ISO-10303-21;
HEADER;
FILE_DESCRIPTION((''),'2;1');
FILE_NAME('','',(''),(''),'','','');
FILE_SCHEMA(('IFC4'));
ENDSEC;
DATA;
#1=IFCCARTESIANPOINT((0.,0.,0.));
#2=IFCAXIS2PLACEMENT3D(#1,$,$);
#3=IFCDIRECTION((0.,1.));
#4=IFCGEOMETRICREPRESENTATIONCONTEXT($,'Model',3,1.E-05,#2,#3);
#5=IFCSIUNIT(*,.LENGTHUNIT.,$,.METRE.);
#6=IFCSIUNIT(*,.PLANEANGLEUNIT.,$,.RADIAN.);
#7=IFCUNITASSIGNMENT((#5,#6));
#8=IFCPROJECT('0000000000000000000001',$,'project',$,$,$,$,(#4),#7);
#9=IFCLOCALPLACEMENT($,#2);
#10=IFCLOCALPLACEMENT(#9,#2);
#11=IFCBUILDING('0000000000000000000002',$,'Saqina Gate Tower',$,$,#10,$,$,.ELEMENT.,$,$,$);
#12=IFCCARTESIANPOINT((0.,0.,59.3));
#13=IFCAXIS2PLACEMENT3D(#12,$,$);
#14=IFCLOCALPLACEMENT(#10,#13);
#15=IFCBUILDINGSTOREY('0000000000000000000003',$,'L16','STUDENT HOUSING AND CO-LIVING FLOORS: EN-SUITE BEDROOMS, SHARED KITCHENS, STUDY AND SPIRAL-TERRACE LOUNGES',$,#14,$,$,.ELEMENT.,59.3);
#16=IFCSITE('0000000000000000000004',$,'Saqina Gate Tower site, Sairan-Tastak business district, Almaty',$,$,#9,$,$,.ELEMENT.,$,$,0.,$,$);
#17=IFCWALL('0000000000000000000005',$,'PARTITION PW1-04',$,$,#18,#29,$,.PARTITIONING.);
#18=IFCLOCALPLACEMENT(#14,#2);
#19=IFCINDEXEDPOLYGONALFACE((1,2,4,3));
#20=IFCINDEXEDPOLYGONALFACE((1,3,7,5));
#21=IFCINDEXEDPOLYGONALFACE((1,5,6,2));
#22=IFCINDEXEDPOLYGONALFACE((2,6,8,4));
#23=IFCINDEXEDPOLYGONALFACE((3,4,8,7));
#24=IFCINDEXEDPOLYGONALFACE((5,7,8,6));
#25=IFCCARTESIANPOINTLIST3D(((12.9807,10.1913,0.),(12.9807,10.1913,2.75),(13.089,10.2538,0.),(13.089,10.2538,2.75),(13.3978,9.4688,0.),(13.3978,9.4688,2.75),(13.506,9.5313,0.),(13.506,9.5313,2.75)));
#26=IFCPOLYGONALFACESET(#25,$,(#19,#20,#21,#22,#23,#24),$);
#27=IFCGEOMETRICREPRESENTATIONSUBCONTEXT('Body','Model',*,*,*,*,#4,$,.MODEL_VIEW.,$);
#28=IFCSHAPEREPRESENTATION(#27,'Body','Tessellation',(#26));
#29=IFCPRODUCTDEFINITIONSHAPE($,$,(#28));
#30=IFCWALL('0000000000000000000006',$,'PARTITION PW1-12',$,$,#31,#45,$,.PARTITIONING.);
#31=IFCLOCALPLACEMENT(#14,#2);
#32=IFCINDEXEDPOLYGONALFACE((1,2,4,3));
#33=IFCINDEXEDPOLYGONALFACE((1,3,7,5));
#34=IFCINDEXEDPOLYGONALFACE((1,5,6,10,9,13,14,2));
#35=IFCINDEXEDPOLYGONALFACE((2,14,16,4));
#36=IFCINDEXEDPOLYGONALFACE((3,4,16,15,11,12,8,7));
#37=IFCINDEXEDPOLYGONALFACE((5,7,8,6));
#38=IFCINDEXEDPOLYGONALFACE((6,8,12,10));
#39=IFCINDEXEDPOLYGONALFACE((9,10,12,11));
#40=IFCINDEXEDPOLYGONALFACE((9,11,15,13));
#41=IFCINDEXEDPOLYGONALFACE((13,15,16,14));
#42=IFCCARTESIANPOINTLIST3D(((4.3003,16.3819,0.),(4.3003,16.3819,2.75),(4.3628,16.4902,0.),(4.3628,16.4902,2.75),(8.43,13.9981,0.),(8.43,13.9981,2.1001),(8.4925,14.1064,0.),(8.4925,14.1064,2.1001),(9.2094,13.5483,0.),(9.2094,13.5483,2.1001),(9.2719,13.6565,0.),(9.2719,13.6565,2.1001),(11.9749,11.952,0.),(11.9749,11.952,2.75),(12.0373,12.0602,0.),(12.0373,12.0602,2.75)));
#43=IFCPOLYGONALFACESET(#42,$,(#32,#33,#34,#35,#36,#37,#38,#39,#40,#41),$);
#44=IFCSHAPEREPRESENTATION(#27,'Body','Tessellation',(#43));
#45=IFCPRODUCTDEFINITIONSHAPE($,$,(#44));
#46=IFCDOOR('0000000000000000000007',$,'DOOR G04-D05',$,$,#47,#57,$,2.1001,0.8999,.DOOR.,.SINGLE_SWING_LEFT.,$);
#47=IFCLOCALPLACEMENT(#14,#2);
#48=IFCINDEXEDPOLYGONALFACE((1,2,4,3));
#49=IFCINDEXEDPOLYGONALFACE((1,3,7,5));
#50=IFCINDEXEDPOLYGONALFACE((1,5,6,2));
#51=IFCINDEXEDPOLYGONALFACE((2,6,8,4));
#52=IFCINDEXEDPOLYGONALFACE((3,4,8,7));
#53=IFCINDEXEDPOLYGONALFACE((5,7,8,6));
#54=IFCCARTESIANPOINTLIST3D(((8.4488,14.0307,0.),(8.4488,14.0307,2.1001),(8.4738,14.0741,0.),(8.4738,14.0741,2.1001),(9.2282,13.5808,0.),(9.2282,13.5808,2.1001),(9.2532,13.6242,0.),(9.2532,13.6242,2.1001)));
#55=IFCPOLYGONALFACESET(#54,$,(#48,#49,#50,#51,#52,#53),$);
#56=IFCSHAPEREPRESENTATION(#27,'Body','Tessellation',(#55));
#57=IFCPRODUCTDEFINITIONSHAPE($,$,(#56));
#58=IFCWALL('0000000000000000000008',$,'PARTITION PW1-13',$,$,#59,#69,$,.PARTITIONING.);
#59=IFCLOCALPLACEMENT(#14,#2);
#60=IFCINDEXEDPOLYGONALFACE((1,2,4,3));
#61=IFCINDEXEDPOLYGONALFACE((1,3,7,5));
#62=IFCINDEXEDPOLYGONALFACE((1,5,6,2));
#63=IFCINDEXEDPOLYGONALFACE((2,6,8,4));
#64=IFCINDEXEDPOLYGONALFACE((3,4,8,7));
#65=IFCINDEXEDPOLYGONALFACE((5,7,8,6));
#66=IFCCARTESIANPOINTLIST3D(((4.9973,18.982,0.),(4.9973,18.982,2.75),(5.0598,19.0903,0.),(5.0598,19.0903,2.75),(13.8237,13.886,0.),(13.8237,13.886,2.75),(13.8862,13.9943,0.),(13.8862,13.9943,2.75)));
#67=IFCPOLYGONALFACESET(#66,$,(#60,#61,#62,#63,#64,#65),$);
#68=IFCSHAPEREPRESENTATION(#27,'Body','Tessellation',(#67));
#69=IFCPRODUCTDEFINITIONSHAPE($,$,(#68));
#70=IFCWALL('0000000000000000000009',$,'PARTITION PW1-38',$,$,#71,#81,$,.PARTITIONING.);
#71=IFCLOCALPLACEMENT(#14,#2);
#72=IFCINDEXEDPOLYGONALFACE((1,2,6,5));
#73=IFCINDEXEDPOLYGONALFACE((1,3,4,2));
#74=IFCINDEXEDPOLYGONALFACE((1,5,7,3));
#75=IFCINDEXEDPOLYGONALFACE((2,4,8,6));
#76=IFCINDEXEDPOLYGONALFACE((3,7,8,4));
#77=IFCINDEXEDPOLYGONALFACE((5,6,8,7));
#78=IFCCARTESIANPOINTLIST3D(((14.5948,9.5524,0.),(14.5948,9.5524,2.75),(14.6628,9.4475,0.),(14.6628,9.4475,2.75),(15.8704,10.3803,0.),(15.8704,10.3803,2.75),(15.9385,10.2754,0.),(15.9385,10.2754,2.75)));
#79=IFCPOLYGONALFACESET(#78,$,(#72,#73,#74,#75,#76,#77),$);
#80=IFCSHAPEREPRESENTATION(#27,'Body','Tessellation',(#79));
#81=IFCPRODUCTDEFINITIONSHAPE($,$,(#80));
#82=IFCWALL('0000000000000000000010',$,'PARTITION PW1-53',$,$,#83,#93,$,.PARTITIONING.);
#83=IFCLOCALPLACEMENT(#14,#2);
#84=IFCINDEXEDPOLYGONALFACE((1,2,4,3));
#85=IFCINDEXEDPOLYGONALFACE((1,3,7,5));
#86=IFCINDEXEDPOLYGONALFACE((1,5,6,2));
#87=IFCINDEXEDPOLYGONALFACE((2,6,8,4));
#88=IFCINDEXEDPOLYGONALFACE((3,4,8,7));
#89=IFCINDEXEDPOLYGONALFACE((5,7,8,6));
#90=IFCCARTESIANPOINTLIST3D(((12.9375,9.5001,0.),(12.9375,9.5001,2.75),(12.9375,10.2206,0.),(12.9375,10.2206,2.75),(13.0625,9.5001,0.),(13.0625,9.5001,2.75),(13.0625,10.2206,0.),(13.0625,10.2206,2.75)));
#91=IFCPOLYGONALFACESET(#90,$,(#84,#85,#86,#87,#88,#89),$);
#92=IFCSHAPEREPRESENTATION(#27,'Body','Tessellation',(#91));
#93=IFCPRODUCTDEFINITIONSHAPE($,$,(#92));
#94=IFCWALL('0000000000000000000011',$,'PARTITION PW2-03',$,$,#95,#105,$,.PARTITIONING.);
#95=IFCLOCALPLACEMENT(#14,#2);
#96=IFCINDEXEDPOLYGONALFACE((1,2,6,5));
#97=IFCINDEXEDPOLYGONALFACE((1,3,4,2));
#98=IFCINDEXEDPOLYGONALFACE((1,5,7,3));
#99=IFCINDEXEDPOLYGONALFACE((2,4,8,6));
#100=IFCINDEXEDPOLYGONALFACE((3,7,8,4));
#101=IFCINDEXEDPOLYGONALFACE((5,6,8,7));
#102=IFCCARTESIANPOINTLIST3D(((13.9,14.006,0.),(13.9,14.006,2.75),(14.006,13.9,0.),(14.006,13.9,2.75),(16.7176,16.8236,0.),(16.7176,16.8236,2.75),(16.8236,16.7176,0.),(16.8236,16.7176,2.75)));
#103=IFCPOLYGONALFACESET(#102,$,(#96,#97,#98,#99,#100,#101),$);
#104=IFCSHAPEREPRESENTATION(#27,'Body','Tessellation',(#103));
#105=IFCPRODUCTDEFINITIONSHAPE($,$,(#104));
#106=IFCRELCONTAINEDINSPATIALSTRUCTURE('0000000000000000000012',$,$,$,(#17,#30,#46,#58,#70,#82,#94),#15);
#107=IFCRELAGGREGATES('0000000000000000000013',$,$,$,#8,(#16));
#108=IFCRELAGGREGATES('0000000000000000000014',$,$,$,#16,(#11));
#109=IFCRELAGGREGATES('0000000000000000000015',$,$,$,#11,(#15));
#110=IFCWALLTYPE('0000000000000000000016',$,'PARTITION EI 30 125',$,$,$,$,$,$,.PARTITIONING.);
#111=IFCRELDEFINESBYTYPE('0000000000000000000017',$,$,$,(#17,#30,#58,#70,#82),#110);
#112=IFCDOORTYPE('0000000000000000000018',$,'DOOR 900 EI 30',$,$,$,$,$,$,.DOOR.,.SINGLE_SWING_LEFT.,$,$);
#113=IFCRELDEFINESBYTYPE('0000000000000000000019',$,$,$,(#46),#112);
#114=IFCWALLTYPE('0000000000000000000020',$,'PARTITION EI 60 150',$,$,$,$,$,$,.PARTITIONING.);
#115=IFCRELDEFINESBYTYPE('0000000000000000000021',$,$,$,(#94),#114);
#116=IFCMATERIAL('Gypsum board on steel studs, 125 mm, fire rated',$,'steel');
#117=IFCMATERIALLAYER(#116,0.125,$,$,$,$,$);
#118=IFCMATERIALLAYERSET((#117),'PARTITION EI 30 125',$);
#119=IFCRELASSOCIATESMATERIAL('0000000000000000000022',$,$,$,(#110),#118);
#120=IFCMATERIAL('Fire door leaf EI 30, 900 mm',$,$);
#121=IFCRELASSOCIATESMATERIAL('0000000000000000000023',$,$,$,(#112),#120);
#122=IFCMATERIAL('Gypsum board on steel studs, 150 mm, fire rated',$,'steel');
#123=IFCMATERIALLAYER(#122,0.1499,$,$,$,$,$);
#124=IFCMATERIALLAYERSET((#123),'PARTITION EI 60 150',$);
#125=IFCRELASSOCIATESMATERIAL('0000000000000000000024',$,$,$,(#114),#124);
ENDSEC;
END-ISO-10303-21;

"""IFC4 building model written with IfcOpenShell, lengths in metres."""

from ifc_helpers import new_model, si_unit, direction, frame, frame_2d, origin, place, context, subcontext, project, spatial, rectangle, extrude, material, layer, layer_set, type_object, element, fill, save


model = new_model("IFC4")

# Units and contexts
model_context = context("Model", 3, precision=1e-05, world=origin(), true_north=direction((0.0, 1.0)))
body_context = subcontext(model_context, "Body", "Model", "MODEL_VIEW")
ifc_project = project(units=[si_unit("LENGTHUNIT", "METRE"), si_unit("PLANEANGLEUNIT", "RADIAN")], contexts=[model_context])

# Site, building, storey
site_placement = place(None, origin())
site = spatial("IfcSite", under=ifc_project, at=site_placement, Name="Saqina Gate Tower site, Sairan-Tastak business district, Almaty", CompositionType="ELEMENT", RefElevation=0.0)
building_placement = place(site_placement, origin())
building = spatial("IfcBuilding", under=site, at=building_placement, Name="Saqina Gate Tower", CompositionType="ELEMENT")
storey_placement = place(building_placement, frame((0.0, 0.0, 59.3)))
storey = spatial("IfcBuildingStorey", under=building, at=storey_placement, Name="L16", Description="STUDENT HOUSING AND CO-LIVING FLOORS: EN-SUITE BEDROOMS, SHARED KITCHENS, STUDY AND SPIRAL-TERRACE LOUNGES", CompositionType="ELEMENT", Elevation=59.3)

# Shared definitions
ifc_material_1 = material(Name="Gypsum board on steel studs, 125 mm, fire rated", Category="steel")
ifc_layer_1 = layer(ifc_material_1, 0.125)
ifc_layer_set_1 = layer_set([ifc_layer_1], Name="PARTITION EI 30 125")
wall_type_1 = type_object("IfcWallType", Name="PARTITION EI 30 125", PredefinedType="PARTITIONING", material=ifc_layer_set_1)

# Wall
wall_1_placement = place(storey_placement, frame((13.0349, 10.2224, 0.0), z_axis=(0.0, 0.0, 1.0), x_axis=(0.499917, -0.866073, 0.0)))
element("IfcWall", 1, at=wall_1_placement, inside=storey, type_object=wall_type_1, Name="PARTITION PW1-04", PredefinedType="PARTITIONING", context=body_context, shape_type="SweptSolid", body=[
    extrude(rectangle(XDim=0.8342, YDim=0.125, at=frame_2d((0.417, 0.0))), origin(), (0.0, 0.0, 1.0), 2.75),
])

# Wall, opening, door
wall_2_placement = place(storey_placement, frame((4.3315, 16.436, 0.0), z_axis=(0.0, 0.0, 1.0), x_axis=(0.866073, -0.499917, 0.0)))
wall_2 = element("IfcWall", 2, at=wall_2_placement, inside=storey, type_object=wall_type_1, Name="PARTITION PW1-12", PredefinedType="PARTITIONING", context=body_context, shape_type="SweptSolid", body=[
    extrude(rectangle(XDim=8.8613, YDim=0.125, at=frame_2d((4.4307, 0.0))), origin(), (0.0, 0.0, 1.0), 2.75),
])
opening_1_placement = place(wall_2_placement, frame((4.7683, 0.0, 0.0)))
opening_1 = element("IfcOpeningElement", 3, at=opening_1_placement, cuts=wall_2, PredefinedType="OPENING", context=body_context, shape_type="SweptSolid", body=[
    extrude(rectangle(XDim=0.8999, YDim=2.1001, at=frame_2d((0.45, 1.05))), frame((0.0, 0.0745, 0.0), z_axis=(0.0, -1.0, 0.0), x_axis=(1.0, 0.0, 0.0)), (0.0, 0.0, 1.0), 0.1489),
])
ifc_material_2 = material(Name="Fire door leaf EI 30, 900 mm")
door_type_1 = type_object("IfcDoorType", Name="DOOR 900 EI 30", OperationType="SINGLE_SWING_LEFT", PredefinedType="DOOR", material=ifc_material_2)
door_1_placement = place(opening_1_placement, frame((0.8999, 0.0, 0.0), z_axis=(0.0, 0.0, 1.0), x_axis=(-1.0, 0.0, 0.0)))
door_1 = element("IfcDoor", 4, at=door_1_placement, inside=storey, type_object=door_type_1, Name="DOOR G04-D05", OperationType="SINGLE_SWING_LEFT", OverallHeight=2.1001, OverallWidth=0.8999, PredefinedType="DOOR", context=body_context, shape_type="SweptSolid", body=[
    extrude(rectangle(XDim=0.8999, YDim=2.1001, at=frame_2d((0.45, 1.05))), frame((0.0, 0.0249, 0.0), z_axis=(0.0, -1.0, 0.0), x_axis=(1.0, 0.0, 0.0)), (0.0, 0.0, 1.0), 0.05),
])
fill(opening_1, door_1)

# Walls
wall_3_placement = place(storey_placement, frame((5.0286, 19.0361, 0.0), z_axis=(0.0, 0.0, 1.0), x_axis=(0.866025, -0.500001, 0.0)))
element("IfcWall", 5, at=wall_3_placement, inside=storey, type_object=wall_type_1, Name="PARTITION PW1-13", PredefinedType="PARTITIONING", context=body_context, shape_type="SweptSolid", body=[
    extrude(rectangle(XDim=10.1919, YDim=0.125, at=frame_2d((5.0959, 0.0))), origin(), (0.0, 0.0, 1.0), 2.75),
])
wall_4_placement = place(storey_placement, frame((14.6289, 9.5, 0.0), z_axis=(0.0, 0.0, 1.0), x_axis=(0.838829, 0.544396, 0.0)))
element("IfcWall", 6, at=wall_4_placement, inside=storey, type_object=wall_type_1, Name="PARTITION PW1-38", PredefinedType="PARTITIONING", context=body_context, shape_type="SweptSolid", body=[
    extrude(rectangle(XDim=1.5208, YDim=0.125, at=frame_2d((0.7603, 0.0))), origin(), (0.0, 0.0, 1.0), 2.75),
])
wall_5_placement = place(storey_placement, frame((13.0, 9.5, 0.0), z_axis=(0.0, 0.0, 1.0), x_axis=(0.0, 1.0, 0.0)))
element("IfcWall", 7, at=wall_5_placement, inside=storey, type_object=wall_type_1, Name="PARTITION PW1-53", PredefinedType="PARTITIONING", context=body_context, shape_type="SweptSolid", body=[
    extrude(rectangle(XDim=0.7205, YDim=0.125, at=frame_2d((0.3604, 0.0))), origin(), (0.0, 0.0, 1.0), 2.75),
])
ifc_material_3 = material(Name="Gypsum board on steel studs, 150 mm, fire rated", Category="steel")
ifc_layer_2 = layer(ifc_material_3, 0.1499)
ifc_layer_set_2 = layer_set([ifc_layer_2], Name="PARTITION EI 60 150")
wall_type_2 = type_object("IfcWallType", Name="PARTITION EI 60 150", PredefinedType="PARTITIONING", material=ifc_layer_set_2)
wall_6_placement = place(storey_placement, frame((13.9531, 13.9531, 0.0), z_axis=(0.0, 0.0, 1.0), x_axis=(0.707107, 0.707107, 0.0)))
element("IfcWall", 8, at=wall_6_placement, inside=storey, type_object=wall_type_2, Name="PARTITION PW2-03", PredefinedType="PARTITIONING", context=body_context, shape_type="SweptSolid", body=[
    extrude(rectangle(XDim=3.9846, YDim=0.1499, at=frame_2d((1.9922, 0.0))), origin(), (0.0, 0.0, 1.0), 2.75),
])

save(model, "model.ifc")
